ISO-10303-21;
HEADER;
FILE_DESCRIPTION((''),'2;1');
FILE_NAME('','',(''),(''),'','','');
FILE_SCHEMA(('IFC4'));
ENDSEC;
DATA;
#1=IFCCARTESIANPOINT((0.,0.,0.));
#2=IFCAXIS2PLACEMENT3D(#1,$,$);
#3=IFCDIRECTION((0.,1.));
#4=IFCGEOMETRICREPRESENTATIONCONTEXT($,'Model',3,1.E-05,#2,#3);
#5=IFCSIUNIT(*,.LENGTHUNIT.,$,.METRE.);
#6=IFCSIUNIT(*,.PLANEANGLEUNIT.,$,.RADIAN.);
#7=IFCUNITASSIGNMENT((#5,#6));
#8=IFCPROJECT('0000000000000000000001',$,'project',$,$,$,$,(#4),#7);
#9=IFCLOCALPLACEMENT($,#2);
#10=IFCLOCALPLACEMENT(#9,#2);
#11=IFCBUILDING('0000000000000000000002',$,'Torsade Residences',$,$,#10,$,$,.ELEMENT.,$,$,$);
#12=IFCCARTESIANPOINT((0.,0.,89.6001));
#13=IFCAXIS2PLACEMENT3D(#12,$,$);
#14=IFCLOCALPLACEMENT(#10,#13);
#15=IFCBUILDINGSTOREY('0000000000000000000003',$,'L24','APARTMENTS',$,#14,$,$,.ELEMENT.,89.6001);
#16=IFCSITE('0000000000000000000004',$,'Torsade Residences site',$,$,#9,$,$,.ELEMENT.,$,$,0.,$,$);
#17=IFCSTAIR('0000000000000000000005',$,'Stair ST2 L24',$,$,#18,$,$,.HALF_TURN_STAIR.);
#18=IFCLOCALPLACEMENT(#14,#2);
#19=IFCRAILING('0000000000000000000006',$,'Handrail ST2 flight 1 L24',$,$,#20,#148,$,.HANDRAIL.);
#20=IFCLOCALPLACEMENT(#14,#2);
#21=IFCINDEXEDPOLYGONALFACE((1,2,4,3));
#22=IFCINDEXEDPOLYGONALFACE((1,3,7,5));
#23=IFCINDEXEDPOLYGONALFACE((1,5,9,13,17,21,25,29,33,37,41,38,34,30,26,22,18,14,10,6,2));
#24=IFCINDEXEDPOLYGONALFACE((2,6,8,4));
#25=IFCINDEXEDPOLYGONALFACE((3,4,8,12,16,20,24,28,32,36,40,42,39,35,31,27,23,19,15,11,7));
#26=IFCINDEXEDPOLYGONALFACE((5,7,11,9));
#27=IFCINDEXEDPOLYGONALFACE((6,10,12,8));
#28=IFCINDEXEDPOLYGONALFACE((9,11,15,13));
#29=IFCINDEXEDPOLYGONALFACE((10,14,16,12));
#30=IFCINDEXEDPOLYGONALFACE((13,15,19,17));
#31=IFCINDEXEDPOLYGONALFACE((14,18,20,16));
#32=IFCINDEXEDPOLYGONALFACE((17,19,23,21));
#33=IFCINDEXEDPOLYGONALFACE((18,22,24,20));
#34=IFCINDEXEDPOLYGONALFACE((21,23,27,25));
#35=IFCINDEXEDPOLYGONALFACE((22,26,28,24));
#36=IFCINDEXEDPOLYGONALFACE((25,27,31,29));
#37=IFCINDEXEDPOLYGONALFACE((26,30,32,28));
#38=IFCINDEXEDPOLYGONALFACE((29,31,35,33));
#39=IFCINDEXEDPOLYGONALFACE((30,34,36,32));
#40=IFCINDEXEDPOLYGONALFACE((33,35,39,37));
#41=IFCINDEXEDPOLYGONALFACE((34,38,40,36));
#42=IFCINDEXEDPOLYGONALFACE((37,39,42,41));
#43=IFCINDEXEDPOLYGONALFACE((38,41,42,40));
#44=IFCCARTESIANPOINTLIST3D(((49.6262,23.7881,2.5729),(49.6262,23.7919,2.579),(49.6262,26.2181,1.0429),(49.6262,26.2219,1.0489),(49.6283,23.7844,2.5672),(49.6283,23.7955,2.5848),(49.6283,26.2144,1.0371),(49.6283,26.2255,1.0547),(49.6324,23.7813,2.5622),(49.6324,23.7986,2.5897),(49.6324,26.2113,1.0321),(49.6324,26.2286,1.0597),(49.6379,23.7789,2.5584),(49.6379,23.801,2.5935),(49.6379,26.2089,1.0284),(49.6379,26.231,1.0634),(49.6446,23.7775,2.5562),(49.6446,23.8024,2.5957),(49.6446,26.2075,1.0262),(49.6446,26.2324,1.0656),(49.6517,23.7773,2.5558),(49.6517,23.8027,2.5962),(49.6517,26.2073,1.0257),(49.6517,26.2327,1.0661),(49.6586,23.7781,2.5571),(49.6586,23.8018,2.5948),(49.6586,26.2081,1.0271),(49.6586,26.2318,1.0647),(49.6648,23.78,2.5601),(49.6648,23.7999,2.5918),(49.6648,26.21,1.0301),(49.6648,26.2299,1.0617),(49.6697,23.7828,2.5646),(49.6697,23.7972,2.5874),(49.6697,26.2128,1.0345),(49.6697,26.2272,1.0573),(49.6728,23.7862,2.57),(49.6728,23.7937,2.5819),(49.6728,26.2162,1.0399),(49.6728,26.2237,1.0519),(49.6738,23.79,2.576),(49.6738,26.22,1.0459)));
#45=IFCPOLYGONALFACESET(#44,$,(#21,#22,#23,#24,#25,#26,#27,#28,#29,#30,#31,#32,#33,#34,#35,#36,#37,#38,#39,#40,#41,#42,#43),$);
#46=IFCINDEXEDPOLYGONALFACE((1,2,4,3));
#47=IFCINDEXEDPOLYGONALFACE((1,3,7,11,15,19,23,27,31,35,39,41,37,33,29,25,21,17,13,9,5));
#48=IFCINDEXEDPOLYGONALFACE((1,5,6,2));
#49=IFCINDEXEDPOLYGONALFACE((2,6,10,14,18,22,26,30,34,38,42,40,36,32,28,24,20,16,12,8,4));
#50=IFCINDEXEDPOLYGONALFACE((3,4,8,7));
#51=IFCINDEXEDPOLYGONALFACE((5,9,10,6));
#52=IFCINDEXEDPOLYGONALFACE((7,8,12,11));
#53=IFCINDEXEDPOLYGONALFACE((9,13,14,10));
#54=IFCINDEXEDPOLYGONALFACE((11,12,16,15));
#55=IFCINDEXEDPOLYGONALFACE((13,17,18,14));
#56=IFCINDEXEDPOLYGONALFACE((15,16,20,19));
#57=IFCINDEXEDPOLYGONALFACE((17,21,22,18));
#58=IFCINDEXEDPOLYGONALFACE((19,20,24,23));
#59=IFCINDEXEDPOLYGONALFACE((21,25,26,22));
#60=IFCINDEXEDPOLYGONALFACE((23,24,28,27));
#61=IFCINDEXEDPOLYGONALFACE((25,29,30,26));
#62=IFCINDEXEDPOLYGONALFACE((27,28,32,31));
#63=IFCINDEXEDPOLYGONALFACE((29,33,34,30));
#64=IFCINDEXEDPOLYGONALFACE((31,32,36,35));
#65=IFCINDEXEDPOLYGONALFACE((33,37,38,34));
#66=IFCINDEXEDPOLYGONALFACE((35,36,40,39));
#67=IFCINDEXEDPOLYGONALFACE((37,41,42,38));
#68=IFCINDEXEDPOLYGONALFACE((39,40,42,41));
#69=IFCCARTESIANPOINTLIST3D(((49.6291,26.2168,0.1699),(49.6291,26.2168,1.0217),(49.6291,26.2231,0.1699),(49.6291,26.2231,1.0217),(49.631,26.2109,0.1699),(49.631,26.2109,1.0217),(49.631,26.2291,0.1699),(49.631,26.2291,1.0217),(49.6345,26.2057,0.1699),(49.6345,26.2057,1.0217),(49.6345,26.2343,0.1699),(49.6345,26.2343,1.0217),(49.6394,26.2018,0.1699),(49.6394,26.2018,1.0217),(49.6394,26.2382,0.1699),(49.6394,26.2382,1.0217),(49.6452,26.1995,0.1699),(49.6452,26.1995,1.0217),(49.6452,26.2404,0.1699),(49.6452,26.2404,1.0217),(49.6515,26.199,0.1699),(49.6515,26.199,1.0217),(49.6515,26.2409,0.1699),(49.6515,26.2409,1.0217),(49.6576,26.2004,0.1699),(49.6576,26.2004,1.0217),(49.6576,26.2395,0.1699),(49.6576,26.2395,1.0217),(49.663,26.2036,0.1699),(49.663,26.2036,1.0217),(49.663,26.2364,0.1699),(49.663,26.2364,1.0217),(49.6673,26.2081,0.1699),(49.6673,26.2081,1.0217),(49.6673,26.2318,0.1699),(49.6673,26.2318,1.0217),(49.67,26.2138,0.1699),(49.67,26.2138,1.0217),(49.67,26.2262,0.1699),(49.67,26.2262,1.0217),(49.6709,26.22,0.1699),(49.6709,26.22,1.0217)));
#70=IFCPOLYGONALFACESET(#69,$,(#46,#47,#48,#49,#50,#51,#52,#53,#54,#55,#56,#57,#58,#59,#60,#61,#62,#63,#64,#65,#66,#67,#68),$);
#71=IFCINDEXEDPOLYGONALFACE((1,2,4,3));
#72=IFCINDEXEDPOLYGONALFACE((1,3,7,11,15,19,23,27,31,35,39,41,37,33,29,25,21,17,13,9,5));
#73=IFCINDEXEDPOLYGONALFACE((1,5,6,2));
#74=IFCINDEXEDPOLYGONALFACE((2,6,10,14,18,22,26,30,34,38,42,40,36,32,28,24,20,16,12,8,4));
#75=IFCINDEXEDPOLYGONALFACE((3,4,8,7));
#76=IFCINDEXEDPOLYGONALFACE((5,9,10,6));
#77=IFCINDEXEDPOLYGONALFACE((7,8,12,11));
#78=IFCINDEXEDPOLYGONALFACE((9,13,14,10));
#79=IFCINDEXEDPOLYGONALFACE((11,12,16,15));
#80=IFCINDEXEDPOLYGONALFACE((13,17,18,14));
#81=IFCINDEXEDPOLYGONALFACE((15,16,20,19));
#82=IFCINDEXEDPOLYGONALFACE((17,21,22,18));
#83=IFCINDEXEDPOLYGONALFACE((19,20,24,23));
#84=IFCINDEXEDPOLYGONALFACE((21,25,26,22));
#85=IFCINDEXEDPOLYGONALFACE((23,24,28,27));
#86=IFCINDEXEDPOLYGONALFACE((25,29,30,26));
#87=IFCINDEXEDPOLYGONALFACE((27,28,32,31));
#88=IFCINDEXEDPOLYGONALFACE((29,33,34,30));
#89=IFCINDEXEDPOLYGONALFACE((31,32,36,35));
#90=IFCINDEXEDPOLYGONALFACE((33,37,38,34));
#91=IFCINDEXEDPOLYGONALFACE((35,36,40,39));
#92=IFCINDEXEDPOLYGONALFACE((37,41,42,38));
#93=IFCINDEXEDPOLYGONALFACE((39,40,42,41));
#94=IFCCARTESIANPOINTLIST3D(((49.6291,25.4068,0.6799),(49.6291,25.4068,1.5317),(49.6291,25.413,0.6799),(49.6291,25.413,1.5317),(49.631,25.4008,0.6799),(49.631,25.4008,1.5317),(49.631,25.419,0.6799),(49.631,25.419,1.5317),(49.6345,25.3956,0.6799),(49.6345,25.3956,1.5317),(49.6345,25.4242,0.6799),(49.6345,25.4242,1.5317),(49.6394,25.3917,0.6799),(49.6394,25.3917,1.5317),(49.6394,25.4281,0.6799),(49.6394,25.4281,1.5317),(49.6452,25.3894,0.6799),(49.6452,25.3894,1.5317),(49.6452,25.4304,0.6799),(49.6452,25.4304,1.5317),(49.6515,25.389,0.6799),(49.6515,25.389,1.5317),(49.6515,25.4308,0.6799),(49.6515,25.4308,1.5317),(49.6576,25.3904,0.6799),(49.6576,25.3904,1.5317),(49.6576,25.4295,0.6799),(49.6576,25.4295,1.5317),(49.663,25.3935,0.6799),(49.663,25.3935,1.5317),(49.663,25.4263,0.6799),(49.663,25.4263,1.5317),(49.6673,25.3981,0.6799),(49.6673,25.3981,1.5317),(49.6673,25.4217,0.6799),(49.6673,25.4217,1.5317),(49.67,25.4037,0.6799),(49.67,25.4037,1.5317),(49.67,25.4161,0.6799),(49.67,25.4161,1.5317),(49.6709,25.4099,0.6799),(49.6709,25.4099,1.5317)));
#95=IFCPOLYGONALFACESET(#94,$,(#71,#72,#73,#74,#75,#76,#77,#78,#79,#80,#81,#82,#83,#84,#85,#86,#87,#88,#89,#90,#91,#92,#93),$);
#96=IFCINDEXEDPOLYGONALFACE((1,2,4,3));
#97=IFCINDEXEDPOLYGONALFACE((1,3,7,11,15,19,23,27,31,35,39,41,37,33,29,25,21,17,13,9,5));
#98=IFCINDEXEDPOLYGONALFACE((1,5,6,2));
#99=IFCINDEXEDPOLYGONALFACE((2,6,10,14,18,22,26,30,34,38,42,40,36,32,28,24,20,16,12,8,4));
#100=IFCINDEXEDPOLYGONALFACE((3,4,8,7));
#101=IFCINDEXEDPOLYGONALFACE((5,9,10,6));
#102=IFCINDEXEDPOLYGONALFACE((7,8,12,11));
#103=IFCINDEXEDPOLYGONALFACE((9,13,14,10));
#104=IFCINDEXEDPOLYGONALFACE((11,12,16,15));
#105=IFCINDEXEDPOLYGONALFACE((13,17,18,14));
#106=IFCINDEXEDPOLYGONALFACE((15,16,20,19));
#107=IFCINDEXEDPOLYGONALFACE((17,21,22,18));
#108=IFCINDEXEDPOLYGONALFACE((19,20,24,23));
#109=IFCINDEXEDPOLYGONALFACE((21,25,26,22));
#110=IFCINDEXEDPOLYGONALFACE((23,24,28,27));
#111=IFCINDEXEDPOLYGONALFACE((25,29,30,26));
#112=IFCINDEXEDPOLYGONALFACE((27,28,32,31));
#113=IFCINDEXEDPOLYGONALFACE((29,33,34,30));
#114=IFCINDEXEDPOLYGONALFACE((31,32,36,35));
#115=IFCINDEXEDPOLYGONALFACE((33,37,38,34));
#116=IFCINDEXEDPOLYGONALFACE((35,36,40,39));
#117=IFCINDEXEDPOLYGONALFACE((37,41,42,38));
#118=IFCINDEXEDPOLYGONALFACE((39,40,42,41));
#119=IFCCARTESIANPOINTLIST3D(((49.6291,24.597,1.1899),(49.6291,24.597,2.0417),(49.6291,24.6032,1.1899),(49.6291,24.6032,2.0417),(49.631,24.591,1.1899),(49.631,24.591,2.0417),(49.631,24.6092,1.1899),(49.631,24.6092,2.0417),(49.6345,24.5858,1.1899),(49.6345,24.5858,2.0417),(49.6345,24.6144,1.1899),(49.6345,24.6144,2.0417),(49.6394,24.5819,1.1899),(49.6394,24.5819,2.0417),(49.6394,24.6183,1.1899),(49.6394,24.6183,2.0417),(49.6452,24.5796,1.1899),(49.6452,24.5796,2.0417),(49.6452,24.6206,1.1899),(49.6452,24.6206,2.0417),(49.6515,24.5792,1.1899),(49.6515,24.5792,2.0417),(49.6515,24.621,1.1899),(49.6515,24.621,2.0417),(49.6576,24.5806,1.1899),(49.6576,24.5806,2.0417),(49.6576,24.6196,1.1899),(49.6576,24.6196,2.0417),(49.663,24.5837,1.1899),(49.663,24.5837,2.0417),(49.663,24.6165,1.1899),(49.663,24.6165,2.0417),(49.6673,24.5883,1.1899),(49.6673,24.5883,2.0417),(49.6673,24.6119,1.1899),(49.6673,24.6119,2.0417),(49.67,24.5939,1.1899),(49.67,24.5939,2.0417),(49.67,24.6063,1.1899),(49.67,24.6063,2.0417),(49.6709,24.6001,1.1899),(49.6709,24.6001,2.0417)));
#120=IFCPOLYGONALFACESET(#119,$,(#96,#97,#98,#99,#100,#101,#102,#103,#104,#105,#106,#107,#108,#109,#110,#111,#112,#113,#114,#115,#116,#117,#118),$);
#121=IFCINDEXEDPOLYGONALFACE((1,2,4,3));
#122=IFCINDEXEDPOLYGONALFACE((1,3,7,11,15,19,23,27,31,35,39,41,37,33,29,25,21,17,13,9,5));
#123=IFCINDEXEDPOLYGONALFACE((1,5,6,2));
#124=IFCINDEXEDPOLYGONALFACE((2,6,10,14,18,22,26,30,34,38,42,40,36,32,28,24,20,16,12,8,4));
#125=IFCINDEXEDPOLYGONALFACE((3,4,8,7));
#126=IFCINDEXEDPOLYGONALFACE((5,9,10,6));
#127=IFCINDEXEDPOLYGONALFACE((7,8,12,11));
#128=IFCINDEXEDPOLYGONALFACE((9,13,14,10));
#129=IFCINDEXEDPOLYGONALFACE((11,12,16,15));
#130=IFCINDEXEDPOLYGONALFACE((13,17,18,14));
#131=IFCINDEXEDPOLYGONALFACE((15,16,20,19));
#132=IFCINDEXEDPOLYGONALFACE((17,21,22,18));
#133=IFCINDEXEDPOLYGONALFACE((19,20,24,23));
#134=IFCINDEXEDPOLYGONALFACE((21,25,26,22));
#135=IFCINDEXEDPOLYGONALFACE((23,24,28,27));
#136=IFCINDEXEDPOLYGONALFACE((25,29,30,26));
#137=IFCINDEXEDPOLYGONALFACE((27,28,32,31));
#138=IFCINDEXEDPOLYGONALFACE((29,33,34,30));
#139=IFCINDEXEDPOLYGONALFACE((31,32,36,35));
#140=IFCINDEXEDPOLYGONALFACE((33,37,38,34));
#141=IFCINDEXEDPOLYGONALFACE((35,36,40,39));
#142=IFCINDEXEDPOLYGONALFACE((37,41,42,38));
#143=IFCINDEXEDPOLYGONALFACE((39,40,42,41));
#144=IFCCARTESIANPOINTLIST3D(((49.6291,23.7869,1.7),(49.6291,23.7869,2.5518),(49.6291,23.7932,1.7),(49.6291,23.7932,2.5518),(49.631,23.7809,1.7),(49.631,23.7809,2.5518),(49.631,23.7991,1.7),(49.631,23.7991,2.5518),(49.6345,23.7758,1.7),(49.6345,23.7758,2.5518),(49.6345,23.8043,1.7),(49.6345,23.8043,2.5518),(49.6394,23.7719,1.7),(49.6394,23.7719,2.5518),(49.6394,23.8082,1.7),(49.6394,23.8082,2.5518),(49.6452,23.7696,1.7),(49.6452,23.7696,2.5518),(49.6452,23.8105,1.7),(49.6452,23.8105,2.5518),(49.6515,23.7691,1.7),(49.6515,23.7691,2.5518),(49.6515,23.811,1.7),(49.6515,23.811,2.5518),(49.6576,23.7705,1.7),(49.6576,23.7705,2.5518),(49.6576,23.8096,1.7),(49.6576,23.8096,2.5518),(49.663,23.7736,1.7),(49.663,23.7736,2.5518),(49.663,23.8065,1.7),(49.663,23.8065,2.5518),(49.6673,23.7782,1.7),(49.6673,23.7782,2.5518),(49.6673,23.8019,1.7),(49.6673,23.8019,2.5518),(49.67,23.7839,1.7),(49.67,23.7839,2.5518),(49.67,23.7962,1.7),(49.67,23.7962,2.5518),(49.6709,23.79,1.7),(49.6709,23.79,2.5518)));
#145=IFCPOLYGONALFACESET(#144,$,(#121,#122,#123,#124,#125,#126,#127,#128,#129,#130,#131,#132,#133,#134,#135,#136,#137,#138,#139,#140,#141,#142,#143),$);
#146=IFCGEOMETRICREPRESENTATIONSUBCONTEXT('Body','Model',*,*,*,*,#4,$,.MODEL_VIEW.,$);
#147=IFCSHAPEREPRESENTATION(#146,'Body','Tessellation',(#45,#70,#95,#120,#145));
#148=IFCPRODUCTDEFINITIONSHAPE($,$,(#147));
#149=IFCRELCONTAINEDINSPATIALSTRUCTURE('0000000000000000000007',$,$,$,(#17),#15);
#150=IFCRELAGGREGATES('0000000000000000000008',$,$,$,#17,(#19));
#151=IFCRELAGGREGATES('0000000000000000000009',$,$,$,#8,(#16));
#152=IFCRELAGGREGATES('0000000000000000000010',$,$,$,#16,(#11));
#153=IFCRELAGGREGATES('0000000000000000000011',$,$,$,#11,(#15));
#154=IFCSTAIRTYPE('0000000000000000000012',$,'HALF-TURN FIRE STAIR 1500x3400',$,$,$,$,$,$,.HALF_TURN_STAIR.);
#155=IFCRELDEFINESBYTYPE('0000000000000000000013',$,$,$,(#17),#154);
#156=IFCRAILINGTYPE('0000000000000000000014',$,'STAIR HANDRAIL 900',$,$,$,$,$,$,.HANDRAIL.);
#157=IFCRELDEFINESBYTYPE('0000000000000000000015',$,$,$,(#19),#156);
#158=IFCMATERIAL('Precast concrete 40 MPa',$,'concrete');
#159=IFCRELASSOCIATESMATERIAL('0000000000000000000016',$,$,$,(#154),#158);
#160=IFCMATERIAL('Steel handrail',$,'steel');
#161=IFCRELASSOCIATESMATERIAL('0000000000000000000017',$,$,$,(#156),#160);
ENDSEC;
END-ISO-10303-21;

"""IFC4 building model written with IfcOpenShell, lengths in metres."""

from ifc_helpers import new_model, si_unit, direction, frame, origin, origin_2d, place, context, subcontext, project, spatial, circle, extrude, material, type_object, element, aggregate, save


model = new_model("IFC4")

# Units and contexts
model_context = context("Model", 3, precision=1e-05, world=origin(), true_north=direction((0.0, 1.0)))
body_context = subcontext(model_context, "Body", "Model", "MODEL_VIEW")
ifc_project = project(units=[si_unit("LENGTHUNIT", "METRE"), si_unit("PLANEANGLEUNIT", "RADIAN")], contexts=[model_context])

# Site, building, storey
site_placement = place(None, origin())
site = spatial("IfcSite", under=ifc_project, at=site_placement, Name="Torsade Residences site", CompositionType="ELEMENT", RefElevation=0.0)
building_placement = place(site_placement, origin())
building = spatial("IfcBuilding", under=site, at=building_placement, Name="Torsade Residences", CompositionType="ELEMENT")
storey_placement = place(building_placement, frame((0.0, 0.0, 89.6001)))
storey = spatial("IfcBuildingStorey", under=building, at=storey_placement, Name="L24", Description="APARTMENTS", CompositionType="ELEMENT", Elevation=89.6001)

# Stair, railing
ifc_material_1 = material(Name="Precast concrete 40 MPa", Category="concrete")
stair_type = type_object("IfcStairType", Name="HALF-TURN FIRE STAIR 1500x3400", PredefinedType="HALF_TURN_STAIR", material=ifc_material_1)
stair_placement = place(storey_placement, origin())
stair = element("IfcStair", 1, at=stair_placement, inside=storey, type_object=stair_type, Name="Stair ST2 L24", PredefinedType="HALF_TURN_STAIR")
ifc_material_2 = material(Name="Steel handrail", Category="steel")
railing_type = type_object("IfcRailingType", Name="STAIR HANDRAIL 900", PredefinedType="HANDRAIL", material=ifc_material_2)
railing_1_placement = place(storey_placement, frame((49.6499, 26.22, 0.1699)))
railing_1 = element("IfcRailing", 2, at=railing_1_placement, type_object=railing_type, Name="Handrail ST2 flight 1 L24", PredefinedType="HANDRAIL", context=body_context, shape_type="SweptSolid", body=[
    extrude(circle(Radius=0.0239, at=origin_2d()), frame((0.0, 0.0, 0.876), z_axis=(0.0, -0.846221, 0.532831), x_axis=(1.0, 0.0, 0.0)), (0.0, 0.0, 1.0), 2.8716),
    extrude(circle(Radius=0.021, at=origin_2d()), origin(), (0.0, 0.0, 1.0), 0.8518),
    extrude(circle(Radius=0.021, at=origin_2d()), frame((0.0, -0.8101, 0.51)), (0.0, 0.0, 1.0), 0.8518),
    extrude(circle(Radius=0.021, at=origin_2d()), frame((0.0, -1.6199, 1.02)), (0.0, 0.0, 1.0), 0.8518),
    extrude(circle(Radius=0.021, at=origin_2d()), frame((0.0, -2.4299, 1.53)), (0.0, 0.0, 1.0), 0.8518),
])
aggregate(stair, [railing_1])

save(model, "model.ifc")
